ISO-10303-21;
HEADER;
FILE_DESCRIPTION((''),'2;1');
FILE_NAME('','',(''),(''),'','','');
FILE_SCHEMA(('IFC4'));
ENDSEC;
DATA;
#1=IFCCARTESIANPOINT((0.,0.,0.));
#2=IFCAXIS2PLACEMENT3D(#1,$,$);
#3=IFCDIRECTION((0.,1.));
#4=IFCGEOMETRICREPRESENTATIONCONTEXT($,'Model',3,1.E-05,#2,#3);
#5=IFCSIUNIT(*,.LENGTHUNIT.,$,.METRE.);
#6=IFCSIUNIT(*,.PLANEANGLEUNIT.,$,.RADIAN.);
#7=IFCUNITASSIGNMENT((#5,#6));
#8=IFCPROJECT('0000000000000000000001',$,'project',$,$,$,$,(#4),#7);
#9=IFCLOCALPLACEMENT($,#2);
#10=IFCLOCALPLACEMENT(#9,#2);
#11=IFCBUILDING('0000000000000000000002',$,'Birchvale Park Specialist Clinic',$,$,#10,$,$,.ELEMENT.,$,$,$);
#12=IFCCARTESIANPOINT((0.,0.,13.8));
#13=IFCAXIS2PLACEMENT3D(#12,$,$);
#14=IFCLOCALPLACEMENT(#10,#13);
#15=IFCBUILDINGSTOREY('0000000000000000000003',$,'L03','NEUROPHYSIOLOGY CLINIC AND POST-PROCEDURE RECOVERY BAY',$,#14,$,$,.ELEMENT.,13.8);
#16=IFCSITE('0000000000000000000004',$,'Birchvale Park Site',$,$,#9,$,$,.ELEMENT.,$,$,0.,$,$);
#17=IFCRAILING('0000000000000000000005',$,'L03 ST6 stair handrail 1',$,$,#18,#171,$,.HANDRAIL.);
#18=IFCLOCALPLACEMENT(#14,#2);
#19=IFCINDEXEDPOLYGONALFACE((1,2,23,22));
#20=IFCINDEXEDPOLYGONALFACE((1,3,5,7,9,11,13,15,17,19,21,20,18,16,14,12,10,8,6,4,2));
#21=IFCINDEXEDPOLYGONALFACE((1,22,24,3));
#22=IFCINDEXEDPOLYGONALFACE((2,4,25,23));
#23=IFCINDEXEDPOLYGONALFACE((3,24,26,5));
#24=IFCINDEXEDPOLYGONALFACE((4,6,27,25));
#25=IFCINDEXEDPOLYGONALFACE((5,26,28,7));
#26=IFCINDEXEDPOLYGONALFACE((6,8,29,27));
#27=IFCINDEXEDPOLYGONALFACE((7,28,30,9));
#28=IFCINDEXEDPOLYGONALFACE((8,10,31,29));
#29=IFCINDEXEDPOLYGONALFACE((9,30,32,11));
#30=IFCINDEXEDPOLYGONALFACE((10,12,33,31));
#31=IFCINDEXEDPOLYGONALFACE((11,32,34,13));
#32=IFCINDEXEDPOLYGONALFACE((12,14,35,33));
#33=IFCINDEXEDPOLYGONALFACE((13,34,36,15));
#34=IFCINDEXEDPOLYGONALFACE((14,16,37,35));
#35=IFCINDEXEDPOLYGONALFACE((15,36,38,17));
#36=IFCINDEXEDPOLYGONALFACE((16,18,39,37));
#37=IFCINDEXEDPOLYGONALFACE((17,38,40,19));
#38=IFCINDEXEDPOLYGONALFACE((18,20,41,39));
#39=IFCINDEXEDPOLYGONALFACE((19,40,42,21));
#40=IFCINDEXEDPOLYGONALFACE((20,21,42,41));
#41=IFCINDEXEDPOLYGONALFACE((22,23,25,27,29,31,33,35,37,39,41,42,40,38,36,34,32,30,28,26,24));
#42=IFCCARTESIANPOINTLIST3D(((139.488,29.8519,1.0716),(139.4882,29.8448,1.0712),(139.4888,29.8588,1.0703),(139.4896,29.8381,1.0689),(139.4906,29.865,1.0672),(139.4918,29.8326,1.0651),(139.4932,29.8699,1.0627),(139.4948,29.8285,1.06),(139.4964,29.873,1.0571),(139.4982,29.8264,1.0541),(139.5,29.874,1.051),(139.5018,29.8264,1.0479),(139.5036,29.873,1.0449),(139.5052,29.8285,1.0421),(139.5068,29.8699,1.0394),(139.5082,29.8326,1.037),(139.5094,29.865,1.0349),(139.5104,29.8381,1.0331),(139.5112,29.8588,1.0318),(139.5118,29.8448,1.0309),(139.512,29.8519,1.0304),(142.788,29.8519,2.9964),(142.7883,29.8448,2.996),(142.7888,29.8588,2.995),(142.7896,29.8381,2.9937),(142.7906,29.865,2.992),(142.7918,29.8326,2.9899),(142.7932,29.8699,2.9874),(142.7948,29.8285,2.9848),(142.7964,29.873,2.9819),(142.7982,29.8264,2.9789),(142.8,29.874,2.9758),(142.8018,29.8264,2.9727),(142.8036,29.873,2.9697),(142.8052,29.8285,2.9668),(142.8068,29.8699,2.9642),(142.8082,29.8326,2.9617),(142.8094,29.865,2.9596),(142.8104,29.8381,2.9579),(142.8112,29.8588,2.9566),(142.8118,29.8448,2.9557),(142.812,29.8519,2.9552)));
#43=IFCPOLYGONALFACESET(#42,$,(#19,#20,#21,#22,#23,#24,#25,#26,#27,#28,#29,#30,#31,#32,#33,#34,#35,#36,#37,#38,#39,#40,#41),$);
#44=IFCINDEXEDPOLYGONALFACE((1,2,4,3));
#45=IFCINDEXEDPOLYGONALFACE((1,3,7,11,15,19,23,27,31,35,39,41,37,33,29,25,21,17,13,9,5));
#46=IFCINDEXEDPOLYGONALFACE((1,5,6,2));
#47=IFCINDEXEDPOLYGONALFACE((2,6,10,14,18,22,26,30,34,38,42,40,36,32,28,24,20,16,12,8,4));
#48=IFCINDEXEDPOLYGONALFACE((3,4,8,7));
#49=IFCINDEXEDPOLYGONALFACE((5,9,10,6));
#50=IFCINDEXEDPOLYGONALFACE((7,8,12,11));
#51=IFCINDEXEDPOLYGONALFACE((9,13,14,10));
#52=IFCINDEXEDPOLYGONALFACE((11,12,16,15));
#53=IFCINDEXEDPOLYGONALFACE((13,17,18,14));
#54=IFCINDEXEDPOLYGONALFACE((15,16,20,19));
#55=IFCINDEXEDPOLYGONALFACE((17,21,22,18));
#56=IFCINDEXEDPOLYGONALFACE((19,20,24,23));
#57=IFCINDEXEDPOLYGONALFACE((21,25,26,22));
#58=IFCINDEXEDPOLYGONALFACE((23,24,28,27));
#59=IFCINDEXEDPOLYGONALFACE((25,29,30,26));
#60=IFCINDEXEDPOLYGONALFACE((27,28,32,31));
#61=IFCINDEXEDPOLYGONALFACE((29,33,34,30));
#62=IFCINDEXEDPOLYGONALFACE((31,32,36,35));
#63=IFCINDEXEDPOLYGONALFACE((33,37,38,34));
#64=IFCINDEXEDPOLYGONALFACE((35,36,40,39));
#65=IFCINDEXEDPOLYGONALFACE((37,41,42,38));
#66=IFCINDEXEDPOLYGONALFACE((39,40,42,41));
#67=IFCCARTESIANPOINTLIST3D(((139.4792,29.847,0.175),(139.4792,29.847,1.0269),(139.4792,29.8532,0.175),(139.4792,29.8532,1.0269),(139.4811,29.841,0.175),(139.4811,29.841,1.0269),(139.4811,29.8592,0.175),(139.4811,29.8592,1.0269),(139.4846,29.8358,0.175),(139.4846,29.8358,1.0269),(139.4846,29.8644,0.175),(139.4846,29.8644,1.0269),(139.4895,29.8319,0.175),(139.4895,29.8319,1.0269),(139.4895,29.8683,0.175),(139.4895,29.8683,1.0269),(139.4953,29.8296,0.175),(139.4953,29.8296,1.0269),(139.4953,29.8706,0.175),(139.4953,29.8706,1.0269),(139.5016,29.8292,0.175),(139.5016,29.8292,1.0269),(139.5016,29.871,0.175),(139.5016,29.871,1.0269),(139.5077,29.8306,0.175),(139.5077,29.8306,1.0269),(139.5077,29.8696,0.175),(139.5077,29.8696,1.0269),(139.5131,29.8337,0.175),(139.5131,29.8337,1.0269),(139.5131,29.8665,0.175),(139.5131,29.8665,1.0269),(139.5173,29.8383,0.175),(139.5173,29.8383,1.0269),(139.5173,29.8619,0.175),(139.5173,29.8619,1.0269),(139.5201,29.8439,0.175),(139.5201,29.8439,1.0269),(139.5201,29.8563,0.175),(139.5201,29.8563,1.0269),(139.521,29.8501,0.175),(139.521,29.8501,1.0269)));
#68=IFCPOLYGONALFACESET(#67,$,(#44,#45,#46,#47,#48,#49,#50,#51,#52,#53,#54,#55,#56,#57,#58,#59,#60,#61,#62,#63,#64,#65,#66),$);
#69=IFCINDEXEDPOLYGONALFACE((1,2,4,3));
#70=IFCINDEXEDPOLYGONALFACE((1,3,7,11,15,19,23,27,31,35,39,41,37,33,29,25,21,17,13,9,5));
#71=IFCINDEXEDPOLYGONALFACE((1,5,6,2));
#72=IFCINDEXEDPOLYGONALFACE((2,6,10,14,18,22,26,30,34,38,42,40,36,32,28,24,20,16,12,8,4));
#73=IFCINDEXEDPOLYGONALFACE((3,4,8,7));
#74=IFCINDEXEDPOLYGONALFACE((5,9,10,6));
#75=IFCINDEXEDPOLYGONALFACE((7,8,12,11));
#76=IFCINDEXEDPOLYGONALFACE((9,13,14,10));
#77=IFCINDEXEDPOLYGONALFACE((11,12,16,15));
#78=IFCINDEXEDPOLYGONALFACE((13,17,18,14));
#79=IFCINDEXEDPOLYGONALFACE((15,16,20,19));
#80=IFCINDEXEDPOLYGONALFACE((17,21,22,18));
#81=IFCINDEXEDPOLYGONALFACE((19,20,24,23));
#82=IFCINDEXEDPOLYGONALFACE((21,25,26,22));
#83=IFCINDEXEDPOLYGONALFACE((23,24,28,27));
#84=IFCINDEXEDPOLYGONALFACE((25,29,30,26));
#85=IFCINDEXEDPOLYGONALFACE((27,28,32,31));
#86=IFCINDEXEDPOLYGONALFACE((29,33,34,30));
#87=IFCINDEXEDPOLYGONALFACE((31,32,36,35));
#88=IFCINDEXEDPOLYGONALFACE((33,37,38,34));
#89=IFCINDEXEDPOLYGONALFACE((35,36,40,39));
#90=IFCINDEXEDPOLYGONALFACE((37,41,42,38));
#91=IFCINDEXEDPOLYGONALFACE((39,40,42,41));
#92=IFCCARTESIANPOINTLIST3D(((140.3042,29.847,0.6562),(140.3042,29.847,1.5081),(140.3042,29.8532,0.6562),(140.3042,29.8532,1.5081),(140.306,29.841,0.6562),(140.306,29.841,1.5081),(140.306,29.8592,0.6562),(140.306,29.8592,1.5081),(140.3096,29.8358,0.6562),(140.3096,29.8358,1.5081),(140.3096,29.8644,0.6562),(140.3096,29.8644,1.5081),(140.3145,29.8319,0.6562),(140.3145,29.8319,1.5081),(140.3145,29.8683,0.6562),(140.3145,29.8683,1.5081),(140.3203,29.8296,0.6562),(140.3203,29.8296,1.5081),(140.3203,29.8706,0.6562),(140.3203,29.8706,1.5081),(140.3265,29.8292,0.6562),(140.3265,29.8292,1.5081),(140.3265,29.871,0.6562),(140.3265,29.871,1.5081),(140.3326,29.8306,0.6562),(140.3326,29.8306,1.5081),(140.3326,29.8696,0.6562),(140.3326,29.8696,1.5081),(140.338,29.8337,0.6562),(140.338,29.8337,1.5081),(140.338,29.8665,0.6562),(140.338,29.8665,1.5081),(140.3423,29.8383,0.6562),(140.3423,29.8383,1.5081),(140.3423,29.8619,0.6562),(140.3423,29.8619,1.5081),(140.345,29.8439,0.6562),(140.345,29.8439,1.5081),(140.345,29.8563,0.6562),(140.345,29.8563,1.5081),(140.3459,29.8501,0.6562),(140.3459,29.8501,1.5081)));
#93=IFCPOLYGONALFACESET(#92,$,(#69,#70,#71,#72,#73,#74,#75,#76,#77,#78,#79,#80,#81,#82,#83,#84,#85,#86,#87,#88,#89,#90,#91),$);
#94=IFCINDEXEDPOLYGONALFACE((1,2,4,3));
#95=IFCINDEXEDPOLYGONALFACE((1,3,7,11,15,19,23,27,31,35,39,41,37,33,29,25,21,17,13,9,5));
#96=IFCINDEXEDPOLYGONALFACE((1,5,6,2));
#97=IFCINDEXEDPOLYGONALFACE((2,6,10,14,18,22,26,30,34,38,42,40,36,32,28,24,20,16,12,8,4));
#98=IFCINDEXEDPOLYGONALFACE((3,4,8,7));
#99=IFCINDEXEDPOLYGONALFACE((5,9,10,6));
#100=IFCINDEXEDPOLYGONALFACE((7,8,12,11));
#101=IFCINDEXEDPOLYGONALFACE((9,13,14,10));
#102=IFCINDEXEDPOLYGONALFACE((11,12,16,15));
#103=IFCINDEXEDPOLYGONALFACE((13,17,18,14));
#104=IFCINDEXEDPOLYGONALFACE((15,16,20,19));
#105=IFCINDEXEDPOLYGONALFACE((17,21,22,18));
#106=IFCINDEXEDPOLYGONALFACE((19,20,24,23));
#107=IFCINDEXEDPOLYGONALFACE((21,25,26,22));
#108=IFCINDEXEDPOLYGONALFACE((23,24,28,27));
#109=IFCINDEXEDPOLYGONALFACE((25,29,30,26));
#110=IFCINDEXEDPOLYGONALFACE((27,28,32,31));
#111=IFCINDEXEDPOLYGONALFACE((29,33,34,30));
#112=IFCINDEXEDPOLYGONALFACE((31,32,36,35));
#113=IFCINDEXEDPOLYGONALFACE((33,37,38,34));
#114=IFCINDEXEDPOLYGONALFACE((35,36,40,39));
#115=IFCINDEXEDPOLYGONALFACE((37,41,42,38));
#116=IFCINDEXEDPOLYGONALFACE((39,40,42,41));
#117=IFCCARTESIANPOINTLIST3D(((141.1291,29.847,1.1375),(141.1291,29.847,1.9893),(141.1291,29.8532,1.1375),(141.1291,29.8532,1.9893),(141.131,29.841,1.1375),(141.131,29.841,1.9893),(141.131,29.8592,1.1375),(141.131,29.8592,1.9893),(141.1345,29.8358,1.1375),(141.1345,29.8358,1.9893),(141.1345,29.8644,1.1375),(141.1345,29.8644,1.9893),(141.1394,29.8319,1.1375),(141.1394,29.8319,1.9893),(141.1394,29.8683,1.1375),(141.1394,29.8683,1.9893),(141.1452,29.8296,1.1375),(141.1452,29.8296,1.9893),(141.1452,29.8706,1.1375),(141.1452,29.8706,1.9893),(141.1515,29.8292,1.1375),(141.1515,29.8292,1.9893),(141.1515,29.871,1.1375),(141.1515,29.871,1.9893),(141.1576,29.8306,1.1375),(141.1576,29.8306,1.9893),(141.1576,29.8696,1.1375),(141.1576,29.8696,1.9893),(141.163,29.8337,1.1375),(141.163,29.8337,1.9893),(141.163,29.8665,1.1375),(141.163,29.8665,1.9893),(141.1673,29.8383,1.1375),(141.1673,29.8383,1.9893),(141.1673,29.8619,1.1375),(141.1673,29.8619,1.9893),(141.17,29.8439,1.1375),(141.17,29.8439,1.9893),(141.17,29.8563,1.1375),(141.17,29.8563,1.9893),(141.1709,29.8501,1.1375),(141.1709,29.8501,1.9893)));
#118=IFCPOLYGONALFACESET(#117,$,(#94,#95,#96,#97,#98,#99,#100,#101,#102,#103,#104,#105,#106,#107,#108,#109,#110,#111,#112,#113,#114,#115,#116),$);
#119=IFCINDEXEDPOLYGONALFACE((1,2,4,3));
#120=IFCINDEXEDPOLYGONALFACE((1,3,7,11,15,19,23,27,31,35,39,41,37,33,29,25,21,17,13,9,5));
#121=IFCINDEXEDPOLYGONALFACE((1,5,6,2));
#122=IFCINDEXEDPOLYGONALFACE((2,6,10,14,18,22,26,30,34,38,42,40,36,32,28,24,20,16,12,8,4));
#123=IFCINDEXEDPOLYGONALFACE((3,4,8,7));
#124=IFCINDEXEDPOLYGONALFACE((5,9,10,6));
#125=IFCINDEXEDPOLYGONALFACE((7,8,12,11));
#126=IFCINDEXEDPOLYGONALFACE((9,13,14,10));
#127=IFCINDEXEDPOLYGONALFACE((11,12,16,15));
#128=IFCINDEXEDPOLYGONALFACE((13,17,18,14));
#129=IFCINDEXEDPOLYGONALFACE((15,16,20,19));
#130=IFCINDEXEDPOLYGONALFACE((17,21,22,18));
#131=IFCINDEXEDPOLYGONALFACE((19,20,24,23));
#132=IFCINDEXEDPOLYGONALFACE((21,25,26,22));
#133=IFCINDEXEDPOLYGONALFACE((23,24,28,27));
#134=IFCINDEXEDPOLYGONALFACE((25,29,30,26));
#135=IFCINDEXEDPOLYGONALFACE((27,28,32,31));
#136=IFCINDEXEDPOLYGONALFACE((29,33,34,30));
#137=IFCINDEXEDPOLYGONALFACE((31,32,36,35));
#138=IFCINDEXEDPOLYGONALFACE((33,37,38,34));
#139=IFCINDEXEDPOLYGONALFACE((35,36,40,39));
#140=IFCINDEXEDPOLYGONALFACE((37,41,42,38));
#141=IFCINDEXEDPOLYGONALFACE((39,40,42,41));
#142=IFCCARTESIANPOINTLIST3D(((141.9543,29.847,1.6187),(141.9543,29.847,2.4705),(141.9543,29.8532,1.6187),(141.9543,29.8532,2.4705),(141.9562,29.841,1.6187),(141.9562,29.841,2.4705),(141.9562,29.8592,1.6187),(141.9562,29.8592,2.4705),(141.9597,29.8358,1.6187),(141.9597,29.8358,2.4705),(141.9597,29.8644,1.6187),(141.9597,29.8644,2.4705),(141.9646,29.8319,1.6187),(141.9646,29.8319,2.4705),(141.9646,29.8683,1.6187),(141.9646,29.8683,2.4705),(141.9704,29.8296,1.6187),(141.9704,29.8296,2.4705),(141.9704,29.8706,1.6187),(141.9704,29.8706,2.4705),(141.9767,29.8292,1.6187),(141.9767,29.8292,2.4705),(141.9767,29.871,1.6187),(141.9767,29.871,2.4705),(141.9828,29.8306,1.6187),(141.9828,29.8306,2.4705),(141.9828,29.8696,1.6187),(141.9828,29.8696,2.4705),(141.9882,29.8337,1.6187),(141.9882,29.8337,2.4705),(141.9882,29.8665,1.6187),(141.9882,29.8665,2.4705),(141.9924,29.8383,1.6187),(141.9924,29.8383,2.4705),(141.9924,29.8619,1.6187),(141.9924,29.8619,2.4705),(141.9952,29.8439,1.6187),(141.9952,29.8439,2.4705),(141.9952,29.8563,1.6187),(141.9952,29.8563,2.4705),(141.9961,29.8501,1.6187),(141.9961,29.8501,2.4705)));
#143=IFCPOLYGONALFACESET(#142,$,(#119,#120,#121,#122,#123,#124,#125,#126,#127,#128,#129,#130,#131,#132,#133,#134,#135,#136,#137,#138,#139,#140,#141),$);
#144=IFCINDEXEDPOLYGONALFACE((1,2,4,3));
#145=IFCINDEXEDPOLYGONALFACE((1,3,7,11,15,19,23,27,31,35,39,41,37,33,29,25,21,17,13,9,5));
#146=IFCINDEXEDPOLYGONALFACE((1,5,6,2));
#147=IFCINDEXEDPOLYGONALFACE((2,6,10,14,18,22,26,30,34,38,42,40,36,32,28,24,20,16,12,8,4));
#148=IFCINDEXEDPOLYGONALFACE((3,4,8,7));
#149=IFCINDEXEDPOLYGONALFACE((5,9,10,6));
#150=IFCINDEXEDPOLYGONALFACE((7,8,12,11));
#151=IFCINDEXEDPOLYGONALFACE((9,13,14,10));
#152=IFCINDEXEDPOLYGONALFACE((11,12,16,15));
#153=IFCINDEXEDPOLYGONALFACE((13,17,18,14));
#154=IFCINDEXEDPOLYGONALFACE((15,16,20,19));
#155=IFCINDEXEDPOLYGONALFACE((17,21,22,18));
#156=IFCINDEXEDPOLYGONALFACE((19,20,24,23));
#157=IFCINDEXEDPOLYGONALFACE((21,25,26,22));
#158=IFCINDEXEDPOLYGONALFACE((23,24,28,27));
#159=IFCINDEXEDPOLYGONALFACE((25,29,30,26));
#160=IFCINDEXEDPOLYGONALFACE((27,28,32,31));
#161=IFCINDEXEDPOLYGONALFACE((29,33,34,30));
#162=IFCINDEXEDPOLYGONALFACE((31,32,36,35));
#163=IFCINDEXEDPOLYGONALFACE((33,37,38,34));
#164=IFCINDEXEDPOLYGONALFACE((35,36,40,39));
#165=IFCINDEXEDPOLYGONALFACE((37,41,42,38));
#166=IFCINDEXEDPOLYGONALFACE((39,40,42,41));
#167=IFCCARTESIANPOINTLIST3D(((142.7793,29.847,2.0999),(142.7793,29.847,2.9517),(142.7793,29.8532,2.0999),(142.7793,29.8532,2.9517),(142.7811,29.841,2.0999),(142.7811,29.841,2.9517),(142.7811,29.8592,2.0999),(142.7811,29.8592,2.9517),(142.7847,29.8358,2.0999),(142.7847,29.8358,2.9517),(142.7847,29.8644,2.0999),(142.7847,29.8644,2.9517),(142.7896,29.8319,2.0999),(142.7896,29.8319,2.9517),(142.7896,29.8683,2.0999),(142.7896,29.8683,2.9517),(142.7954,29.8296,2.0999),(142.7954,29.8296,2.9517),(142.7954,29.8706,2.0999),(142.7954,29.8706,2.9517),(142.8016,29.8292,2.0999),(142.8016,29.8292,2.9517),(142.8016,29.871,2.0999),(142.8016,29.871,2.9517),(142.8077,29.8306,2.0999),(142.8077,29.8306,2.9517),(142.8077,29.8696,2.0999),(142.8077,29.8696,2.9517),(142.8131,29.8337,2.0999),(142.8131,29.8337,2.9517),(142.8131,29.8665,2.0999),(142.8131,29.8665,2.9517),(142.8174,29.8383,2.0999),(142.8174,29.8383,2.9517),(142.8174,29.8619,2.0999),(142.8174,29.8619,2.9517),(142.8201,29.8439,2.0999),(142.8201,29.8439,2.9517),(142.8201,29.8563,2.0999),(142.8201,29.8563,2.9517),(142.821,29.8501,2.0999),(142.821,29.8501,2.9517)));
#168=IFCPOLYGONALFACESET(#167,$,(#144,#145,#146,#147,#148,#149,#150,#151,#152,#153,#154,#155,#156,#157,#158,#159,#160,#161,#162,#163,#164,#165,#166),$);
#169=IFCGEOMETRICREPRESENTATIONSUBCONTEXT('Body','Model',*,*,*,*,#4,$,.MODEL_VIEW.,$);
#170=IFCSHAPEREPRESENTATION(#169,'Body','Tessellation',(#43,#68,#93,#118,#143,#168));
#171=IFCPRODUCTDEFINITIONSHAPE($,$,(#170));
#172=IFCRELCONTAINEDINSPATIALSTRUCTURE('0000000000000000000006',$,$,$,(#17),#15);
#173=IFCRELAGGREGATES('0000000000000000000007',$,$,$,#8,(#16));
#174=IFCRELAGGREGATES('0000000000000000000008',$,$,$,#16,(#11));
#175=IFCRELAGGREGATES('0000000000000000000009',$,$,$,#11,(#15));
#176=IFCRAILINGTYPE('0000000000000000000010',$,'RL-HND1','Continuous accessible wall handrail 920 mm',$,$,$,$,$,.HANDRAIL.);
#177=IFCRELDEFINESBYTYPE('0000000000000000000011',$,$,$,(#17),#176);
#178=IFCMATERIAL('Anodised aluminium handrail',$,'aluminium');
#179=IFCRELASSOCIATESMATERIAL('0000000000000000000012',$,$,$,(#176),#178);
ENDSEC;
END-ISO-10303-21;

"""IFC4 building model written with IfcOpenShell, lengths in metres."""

from ifc_helpers import new_model, si_unit, direction, frame, origin, origin_2d, place, context, subcontext, project, spatial, circle, extrude, material, type_object, element, save


model = new_model("IFC4")

# Units and contexts
model_context = context("Model", 3, precision=1e-05, world=origin(), true_north=direction((0.0, 1.0)))
body_context = subcontext(model_context, "Body", "Model", "MODEL_VIEW")
ifc_project = project(units=[si_unit("LENGTHUNIT", "METRE"), si_unit("PLANEANGLEUNIT", "RADIAN")], contexts=[model_context])

# Site, building, storey
site_placement = place(None, origin())
site = spatial("IfcSite", under=ifc_project, at=site_placement, Name="Birchvale Park Site", CompositionType="ELEMENT", RefElevation=0.0)
building_placement = place(site_placement, origin())
building = spatial("IfcBuilding", under=site, at=building_placement, Name="Birchvale Park Specialist Clinic", CompositionType="ELEMENT")
storey_placement = place(building_placement, frame((0.0, 0.0, 13.8)))
storey = spatial("IfcBuildingStorey", under=building, at=storey_placement, Name="L03", Description="NEUROPHYSIOLOGY CLINIC AND POST-PROCEDURE RECOVERY BAY", CompositionType="ELEMENT", Elevation=13.8)

# Railing
ifc_material_1 = material(Name="Anodised aluminium handrail", Category="aluminium")
railing_type_1 = type_object("IfcRailingType", Name="RL-HND1", Description="Continuous accessible wall handrail 920 mm", PredefinedType="HANDRAIL", material=ifc_material_1)
railing_1_placement = place(storey_placement, frame((139.5, 29.8501, 0.175)))
element("IfcRailing", 1, at=railing_1_placement, inside=storey, type_object=railing_type_1, Name="L03 ST6 stair handrail 1", PredefinedType="HANDRAIL", context=body_context, shape_type="SweptSolid", body=[
    extrude(circle(Radius=0.0239, at=origin_2d()), frame((0.0, 0.0, 0.876), z_axis=(0.863804, 0.0, 0.503827), x_axis=(0.0, 1.0, 0.0)), (0.0, 0.0, 1.0), 3.8203),
    extrude(circle(Radius=0.021, at=origin_2d()), origin(), (0.0, 0.0, 1.0), 0.8518),
    extrude(circle(Radius=0.021, at=origin_2d()), frame((0.825, 0.0, 0.4812)), (0.0, 0.0, 1.0), 0.8518),
    extrude(circle(Radius=0.021, at=origin_2d()), frame((1.6499, 0.0, 0.9624)), (0.0, 0.0, 1.0), 0.8518),
    extrude(circle(Radius=0.021, at=origin_2d()), frame((2.4751, 0.0, 1.4436)), (0.0, 0.0, 1.0), 0.8518),
    extrude(circle(Radius=0.021, at=origin_2d()), frame((3.3, 0.0, 1.9248)), (0.0, 0.0, 1.0), 0.8518),
])

save(model, "model.ifc")
